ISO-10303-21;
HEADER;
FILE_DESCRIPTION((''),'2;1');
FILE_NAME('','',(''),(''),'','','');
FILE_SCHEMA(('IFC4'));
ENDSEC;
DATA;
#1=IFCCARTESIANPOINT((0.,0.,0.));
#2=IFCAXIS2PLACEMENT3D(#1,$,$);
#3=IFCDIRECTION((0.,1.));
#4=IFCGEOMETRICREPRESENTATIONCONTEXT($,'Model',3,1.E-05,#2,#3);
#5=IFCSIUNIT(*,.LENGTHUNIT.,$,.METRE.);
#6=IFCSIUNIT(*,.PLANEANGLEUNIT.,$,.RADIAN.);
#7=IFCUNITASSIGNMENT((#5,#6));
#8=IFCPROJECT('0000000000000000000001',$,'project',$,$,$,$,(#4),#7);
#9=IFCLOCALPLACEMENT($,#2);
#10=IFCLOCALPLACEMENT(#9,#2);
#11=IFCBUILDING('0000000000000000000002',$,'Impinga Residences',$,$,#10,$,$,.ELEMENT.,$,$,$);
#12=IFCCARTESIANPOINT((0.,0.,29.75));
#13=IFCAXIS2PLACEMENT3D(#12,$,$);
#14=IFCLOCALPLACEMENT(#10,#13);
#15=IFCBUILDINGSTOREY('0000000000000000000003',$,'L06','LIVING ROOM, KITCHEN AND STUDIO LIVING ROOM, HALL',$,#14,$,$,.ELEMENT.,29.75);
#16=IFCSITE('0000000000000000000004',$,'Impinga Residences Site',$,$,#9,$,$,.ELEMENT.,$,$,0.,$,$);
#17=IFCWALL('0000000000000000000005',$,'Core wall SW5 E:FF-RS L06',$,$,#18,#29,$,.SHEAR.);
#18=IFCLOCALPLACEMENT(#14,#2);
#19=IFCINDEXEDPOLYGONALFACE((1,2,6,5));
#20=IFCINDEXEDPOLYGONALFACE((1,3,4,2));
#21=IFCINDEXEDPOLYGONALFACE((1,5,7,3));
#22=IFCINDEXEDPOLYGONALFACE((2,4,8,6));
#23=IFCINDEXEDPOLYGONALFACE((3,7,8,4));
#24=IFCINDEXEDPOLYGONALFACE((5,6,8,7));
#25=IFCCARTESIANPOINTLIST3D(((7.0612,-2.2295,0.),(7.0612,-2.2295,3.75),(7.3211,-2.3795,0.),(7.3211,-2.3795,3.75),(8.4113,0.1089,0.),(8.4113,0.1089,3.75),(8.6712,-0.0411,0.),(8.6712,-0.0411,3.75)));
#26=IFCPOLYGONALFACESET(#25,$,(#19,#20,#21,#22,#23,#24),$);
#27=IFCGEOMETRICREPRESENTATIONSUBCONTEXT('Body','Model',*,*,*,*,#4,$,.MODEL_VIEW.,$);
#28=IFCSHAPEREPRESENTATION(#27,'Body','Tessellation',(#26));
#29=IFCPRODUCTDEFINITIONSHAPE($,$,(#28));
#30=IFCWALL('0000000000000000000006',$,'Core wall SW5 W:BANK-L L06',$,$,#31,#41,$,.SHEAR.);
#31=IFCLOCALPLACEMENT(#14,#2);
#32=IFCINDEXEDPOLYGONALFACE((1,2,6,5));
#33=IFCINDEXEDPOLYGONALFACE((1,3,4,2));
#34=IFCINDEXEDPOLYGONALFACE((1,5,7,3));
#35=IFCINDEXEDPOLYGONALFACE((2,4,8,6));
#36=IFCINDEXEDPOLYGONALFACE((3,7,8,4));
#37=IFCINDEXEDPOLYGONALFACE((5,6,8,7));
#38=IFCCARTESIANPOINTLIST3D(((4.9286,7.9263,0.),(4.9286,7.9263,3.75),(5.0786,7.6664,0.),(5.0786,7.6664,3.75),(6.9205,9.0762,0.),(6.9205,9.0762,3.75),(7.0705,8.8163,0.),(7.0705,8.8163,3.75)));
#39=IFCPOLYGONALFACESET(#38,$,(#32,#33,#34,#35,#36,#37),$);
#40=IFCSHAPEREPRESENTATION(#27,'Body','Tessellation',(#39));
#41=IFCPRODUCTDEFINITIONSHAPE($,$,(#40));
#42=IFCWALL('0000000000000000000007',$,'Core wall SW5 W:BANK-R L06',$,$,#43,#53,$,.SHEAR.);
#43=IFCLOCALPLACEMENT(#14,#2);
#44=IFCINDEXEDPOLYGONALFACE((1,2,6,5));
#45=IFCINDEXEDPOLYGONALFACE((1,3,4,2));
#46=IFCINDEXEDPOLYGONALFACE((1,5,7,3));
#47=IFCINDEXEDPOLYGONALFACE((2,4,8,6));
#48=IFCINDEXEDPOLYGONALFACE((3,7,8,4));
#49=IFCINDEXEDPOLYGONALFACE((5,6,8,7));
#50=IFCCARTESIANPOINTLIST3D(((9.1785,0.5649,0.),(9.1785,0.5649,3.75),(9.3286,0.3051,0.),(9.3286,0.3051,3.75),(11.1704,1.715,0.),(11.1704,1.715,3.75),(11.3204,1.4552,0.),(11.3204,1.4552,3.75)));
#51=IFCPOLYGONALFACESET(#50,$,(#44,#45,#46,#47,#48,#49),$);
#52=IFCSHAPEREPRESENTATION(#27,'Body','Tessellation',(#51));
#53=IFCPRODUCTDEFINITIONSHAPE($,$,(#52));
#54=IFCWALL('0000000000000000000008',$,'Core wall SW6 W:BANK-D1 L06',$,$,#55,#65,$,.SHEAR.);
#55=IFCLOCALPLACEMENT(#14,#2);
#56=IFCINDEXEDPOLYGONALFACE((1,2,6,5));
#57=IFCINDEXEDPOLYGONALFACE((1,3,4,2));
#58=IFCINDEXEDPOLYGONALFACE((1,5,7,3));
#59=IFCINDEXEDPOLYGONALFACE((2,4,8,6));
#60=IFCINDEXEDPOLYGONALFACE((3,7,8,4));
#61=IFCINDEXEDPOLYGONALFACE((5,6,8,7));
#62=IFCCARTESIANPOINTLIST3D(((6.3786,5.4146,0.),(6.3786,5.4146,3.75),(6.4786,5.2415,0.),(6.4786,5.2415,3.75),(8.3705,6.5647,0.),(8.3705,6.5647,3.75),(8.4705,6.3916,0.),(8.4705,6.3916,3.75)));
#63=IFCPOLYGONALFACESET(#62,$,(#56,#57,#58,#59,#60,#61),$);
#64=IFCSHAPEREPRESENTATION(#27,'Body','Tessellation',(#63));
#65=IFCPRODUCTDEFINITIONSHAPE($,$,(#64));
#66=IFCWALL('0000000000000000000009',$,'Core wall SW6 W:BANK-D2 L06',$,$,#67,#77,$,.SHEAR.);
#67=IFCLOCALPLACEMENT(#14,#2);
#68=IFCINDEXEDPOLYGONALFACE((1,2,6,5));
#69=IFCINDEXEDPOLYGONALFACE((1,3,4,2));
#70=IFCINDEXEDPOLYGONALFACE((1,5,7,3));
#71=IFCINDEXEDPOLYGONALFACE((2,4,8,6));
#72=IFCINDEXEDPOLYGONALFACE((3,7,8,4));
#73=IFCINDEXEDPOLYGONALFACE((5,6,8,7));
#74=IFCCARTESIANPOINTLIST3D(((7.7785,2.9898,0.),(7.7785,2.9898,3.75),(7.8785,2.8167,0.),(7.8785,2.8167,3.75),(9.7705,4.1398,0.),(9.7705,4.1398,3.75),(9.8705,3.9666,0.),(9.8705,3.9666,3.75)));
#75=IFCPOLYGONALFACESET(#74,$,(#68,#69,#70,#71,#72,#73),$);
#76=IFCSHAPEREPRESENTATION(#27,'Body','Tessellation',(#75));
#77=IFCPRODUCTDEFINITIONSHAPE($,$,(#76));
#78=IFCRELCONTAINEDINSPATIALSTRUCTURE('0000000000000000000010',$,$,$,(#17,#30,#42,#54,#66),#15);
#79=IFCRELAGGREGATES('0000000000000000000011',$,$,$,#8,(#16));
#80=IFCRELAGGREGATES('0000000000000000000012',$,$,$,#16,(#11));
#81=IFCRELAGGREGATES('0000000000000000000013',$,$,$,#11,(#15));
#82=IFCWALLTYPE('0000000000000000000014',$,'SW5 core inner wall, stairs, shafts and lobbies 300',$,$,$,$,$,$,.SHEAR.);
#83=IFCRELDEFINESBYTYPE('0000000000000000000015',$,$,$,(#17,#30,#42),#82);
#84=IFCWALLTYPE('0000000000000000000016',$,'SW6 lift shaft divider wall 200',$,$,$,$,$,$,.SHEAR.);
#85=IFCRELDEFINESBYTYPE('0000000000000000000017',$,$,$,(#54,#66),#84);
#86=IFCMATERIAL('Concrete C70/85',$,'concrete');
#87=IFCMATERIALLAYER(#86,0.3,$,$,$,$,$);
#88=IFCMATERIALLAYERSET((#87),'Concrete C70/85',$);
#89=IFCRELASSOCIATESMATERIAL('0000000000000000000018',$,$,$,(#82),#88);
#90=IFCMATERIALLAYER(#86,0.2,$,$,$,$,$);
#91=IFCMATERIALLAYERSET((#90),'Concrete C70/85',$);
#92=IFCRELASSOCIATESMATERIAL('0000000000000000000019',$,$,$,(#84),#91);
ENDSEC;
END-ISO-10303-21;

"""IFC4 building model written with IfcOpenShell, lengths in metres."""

from ifc_helpers import new_model, si_unit, direction, frame, frame_2d, origin, place, context, subcontext, project, spatial, rectangle, extrude, material, layer, layer_set, type_object, element, save


model = new_model("IFC4")

# Units and contexts
model_context = context("Model", 3, precision=1e-05, world=origin(), true_north=direction((0.0, 1.0)))
body_context = subcontext(model_context, "Body", "Model", "MODEL_VIEW")
ifc_project = project(units=[si_unit("LENGTHUNIT", "METRE"), si_unit("PLANEANGLEUNIT", "RADIAN")], contexts=[model_context])

# Site, building, storey
site_placement = place(None, origin())
site = spatial("IfcSite", under=ifc_project, at=site_placement, Name="Impinga Residences Site", CompositionType="ELEMENT", RefElevation=0.0)
building_placement = place(site_placement, origin())
building = spatial("IfcBuilding", under=site, at=building_placement, Name="Impinga Residences", CompositionType="ELEMENT")
storey_placement = place(building_placement, frame((0.0, 0.0, 29.75)))
storey = spatial("IfcBuildingStorey", under=building, at=storey_placement, Name="L06", Description="LIVING ROOM, KITCHEN AND STUDIO LIVING ROOM, HALL", CompositionType="ELEMENT", Elevation=29.75)

# Shared definitions
ifc_material_1 = material(Name="Concrete C70/85", Category="concrete")

# Shared definitions
ifc_layer_1 = layer(ifc_material_1, 0.3)
ifc_layer_set_1 = layer_set([ifc_layer_1], Name="Concrete C70/85")
wall_type_1 = type_object("IfcWallType", Name="SW5 core inner wall, stairs, shafts and lobbies 300", PredefinedType="SHEAR", material=ifc_layer_set_1)

# Walls
wall_1_placement = place(storey_placement, frame((8.5413, 0.0339, 0.0), z_axis=(0.0, 0.0, 1.0), x_axis=(-0.500009, -0.86602, 0.0)))
element("IfcWall", 1, at=wall_1_placement, inside=storey, type_object=wall_type_1, Name="Core wall SW5 E:FF-RS L06", PredefinedType="SHEAR", context=body_context, shape_type="SweptSolid", body=[
    extrude(rectangle(XDim=2.7002, YDim=0.3, at=frame_2d((1.3501, 0.0))), origin(), (0.0, 0.0, 1.0), 3.75),
])
for number, where, z_axis, x_axis, name in (
    (2, (5.0037, 7.7964, 0.0), (0.0, 0.0, 1.0), (0.866053, 0.499952, 0.0), "Core wall SW5 W:BANK-L L06"),
    (3, (9.2537, 0.4351, 0.0), (0.0, 0.0, 1.0), (0.866007, 0.500032, 0.0), "Core wall SW5 W:BANK-R L06"),
):
    element("IfcWall", number, at=place(storey_placement, frame(where, z_axis=z_axis, x_axis=x_axis)), inside=storey, type_object=wall_type_1, Name=name, PredefinedType="SHEAR", context=body_context, shape_type="SweptSolid", body=[
        extrude(rectangle(XDim=2.3, YDim=0.3, at=frame_2d((1.1499, 0.0))), origin(), (0.0, 0.0, 1.0), 3.75),
    ])
ifc_layer_2 = layer(ifc_material_1, 0.2)
ifc_layer_set_2 = layer_set([ifc_layer_2], Name="Concrete C70/85")
wall_type_2 = type_object("IfcWallType", Name="SW6 lift shaft divider wall 200", PredefinedType="SHEAR", material=ifc_layer_set_2)
for number, where, z_axis, x_axis, name in (
    (4, (6.4287, 5.3281, 0.0), (0.0, 0.0, 1.0), (0.866007, 0.500032, 0.0), "Core wall SW6 W:BANK-D1 L06"),
    (5, (7.8286, 2.9033, 0.0), (0.0, 0.0, 1.0), (0.866053, 0.499952, 0.0), "Core wall SW6 W:BANK-D2 L06"),
):
    element("IfcWall", number, at=place(storey_placement, frame(where, z_axis=z_axis, x_axis=x_axis)), inside=storey, type_object=wall_type_2, Name=name, PredefinedType="SHEAR", context=body_context, shape_type="SweptSolid", body=[
        extrude(rectangle(XDim=2.3, YDim=0.2, at=frame_2d((1.1499, 0.0))), origin(), (0.0, 0.0, 1.0), 3.75),
    ])

save(model, "model.ifc")
